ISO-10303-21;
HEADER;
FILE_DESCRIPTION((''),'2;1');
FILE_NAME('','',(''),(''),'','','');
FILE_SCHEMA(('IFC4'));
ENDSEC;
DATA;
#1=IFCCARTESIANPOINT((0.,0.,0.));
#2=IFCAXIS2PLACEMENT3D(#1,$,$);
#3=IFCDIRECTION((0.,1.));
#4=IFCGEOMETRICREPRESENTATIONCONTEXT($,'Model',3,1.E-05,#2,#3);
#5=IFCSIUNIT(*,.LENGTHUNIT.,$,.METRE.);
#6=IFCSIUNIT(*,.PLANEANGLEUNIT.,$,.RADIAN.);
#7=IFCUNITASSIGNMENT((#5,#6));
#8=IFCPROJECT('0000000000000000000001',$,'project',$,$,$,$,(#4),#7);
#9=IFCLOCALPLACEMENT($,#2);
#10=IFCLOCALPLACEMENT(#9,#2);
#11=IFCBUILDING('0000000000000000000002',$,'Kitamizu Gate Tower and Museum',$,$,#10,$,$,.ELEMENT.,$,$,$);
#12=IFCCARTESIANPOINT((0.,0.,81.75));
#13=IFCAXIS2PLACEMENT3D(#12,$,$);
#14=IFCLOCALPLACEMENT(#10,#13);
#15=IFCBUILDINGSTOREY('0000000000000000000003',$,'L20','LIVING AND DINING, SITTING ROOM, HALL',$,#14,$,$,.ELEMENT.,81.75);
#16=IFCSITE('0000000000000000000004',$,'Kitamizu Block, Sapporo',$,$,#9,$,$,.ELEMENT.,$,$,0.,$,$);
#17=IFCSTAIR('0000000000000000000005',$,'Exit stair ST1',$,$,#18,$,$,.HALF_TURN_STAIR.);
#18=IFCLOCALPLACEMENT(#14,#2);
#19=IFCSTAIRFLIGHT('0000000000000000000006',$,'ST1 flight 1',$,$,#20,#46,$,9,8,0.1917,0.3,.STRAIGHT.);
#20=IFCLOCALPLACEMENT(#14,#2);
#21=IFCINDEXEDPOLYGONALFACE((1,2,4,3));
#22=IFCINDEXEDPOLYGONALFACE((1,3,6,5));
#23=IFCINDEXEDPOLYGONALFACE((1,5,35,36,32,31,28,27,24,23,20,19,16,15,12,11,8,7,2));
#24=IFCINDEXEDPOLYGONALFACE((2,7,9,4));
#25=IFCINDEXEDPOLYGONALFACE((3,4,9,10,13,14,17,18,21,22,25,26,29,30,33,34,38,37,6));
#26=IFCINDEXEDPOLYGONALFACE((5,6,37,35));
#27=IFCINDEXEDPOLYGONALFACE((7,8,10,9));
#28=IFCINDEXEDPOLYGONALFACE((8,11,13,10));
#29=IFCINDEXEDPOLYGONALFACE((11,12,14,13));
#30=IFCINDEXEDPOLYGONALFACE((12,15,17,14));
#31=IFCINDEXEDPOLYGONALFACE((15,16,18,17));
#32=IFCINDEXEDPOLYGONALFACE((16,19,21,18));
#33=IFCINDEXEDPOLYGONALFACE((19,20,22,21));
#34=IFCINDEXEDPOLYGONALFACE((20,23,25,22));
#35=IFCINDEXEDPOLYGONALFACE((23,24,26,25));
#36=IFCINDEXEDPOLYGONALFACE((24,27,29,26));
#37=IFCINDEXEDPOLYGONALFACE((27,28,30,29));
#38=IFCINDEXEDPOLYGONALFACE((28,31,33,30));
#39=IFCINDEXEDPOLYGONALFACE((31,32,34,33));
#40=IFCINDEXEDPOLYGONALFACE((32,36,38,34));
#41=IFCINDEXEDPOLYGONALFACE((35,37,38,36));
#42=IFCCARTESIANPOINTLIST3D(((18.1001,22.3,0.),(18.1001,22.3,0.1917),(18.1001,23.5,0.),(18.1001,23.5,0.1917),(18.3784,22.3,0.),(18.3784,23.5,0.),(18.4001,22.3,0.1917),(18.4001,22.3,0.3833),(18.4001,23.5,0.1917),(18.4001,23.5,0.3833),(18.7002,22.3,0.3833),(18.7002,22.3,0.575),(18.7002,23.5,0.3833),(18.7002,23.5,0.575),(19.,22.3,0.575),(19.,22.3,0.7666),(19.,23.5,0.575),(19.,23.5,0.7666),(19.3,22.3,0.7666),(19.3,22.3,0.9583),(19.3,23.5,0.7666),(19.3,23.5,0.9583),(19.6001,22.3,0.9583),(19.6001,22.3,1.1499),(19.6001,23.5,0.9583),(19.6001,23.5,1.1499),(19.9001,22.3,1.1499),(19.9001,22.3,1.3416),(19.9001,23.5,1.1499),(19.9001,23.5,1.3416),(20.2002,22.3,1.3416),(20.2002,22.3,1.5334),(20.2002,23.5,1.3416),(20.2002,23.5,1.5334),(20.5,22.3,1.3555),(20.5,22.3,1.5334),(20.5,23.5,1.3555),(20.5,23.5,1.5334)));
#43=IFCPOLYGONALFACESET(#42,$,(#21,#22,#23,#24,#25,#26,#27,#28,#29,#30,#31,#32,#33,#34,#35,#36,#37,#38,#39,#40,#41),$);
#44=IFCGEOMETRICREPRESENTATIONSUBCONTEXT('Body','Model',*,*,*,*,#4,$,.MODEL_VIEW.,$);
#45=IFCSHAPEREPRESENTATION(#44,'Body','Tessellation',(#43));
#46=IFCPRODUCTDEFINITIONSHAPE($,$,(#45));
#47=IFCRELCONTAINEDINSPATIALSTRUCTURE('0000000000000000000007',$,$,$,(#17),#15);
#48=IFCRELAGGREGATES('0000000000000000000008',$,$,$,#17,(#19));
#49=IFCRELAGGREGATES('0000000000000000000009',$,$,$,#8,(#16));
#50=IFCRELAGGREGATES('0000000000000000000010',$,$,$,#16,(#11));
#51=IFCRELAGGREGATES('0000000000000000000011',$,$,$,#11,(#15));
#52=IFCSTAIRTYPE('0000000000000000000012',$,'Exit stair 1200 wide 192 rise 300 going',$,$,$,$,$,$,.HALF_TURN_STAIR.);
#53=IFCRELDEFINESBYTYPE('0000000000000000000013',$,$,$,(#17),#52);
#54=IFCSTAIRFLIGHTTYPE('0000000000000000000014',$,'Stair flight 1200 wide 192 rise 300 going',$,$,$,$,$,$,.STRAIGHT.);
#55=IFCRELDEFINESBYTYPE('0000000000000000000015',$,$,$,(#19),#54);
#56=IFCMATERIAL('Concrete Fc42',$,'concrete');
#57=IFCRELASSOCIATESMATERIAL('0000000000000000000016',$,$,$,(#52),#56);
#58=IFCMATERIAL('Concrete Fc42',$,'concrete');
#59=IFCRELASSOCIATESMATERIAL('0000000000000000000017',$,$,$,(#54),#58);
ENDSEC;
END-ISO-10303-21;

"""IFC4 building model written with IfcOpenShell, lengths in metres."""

from ifc_helpers import new_model, si_unit, direction, frame, origin, place, context, subcontext, project, spatial, polyline, outline, extrude, material, type_object, element, aggregate, save


model = new_model("IFC4")

# Units and contexts
model_context = context("Model", 3, precision=1e-05, world=origin(), true_north=direction((0.0, 1.0)))
body_context = subcontext(model_context, "Body", "Model", "MODEL_VIEW")
ifc_project = project(units=[si_unit("LENGTHUNIT", "METRE"), si_unit("PLANEANGLEUNIT", "RADIAN")], contexts=[model_context])

# Site, building, storey
site_placement = place(None, origin())
site = spatial("IfcSite", under=ifc_project, at=site_placement, Name="Kitamizu Block, Sapporo", CompositionType="ELEMENT", RefElevation=0.0)
building_placement = place(site_placement, origin())
building = spatial("IfcBuilding", under=site, at=building_placement, Name="Kitamizu Gate Tower and Museum", CompositionType="ELEMENT")
storey_placement = place(building_placement, frame((0.0, 0.0, 81.75)))
storey = spatial("IfcBuildingStorey", under=building, at=storey_placement, Name="L20", Description="LIVING AND DINING, SITTING ROOM, HALL", CompositionType="ELEMENT", Elevation=81.75)

# Stair, stair flight
ifc_material_1 = material(Name="Concrete Fc42", Category="concrete")
stair_type = type_object("IfcStairType", Name="Exit stair 1200 wide 192 rise 300 going", PredefinedType="HALF_TURN_STAIR", material=ifc_material_1)
stair_placement = place(storey_placement, origin())
stair = element("IfcStair", 1, at=stair_placement, inside=storey, type_object=stair_type, Name="Exit stair ST1", PredefinedType="HALF_TURN_STAIR")
ifc_material_2 = material(Name="Concrete Fc42", Category="concrete")
stair_flight_type = type_object("IfcStairFlightType", Name="Stair flight 1200 wide 192 rise 300 going", PredefinedType="STRAIGHT", material=ifc_material_2)
stair_flight_placement = place(storey_placement, frame((18.1001, 22.8999, 0.0), z_axis=(0.0, 0.0, 1.0), x_axis=(1.0, 0.0, 0.0)))
stair_flight = element("IfcStairFlight", 2, at=stair_flight_placement, type_object=stair_flight_type, Name="ST1 flight 1", NumberOfRisers=9, NumberOfTreads=8, PredefinedType="STRAIGHT", RiserHeight=0.1917, TreadLength=0.3, context=body_context, shape_type="SweptSolid", body=[
    extrude(outline(polyline([(0.0, 0.0), (0.0, 0.1917), (0.3, 0.1917), (0.3, 0.3833), (0.6001, 0.3833), (0.6001, 0.575), (0.8999, 0.575), (0.8999, 0.7666), (1.2, 0.7666), (1.2, 0.9583), (1.5, 0.9583), (1.5, 1.1499), (1.8, 1.1499), (1.8, 1.3416), (2.1001, 1.3416), (2.1001, 1.5334), (2.3999, 1.5334), (2.3999, 1.7251), (2.3999, 1.3555), (0.2783, 0.0), (0.0, 0.0)])), frame((0.0, 0.6001, 0.0), z_axis=(0.0, -1.0, 0.0), x_axis=(1.0, 0.0, 0.0)), (0.0, 0.0, 1.0), 1.2),
])
aggregate(stair, [stair_flight])

save(model, "model.ifc")
